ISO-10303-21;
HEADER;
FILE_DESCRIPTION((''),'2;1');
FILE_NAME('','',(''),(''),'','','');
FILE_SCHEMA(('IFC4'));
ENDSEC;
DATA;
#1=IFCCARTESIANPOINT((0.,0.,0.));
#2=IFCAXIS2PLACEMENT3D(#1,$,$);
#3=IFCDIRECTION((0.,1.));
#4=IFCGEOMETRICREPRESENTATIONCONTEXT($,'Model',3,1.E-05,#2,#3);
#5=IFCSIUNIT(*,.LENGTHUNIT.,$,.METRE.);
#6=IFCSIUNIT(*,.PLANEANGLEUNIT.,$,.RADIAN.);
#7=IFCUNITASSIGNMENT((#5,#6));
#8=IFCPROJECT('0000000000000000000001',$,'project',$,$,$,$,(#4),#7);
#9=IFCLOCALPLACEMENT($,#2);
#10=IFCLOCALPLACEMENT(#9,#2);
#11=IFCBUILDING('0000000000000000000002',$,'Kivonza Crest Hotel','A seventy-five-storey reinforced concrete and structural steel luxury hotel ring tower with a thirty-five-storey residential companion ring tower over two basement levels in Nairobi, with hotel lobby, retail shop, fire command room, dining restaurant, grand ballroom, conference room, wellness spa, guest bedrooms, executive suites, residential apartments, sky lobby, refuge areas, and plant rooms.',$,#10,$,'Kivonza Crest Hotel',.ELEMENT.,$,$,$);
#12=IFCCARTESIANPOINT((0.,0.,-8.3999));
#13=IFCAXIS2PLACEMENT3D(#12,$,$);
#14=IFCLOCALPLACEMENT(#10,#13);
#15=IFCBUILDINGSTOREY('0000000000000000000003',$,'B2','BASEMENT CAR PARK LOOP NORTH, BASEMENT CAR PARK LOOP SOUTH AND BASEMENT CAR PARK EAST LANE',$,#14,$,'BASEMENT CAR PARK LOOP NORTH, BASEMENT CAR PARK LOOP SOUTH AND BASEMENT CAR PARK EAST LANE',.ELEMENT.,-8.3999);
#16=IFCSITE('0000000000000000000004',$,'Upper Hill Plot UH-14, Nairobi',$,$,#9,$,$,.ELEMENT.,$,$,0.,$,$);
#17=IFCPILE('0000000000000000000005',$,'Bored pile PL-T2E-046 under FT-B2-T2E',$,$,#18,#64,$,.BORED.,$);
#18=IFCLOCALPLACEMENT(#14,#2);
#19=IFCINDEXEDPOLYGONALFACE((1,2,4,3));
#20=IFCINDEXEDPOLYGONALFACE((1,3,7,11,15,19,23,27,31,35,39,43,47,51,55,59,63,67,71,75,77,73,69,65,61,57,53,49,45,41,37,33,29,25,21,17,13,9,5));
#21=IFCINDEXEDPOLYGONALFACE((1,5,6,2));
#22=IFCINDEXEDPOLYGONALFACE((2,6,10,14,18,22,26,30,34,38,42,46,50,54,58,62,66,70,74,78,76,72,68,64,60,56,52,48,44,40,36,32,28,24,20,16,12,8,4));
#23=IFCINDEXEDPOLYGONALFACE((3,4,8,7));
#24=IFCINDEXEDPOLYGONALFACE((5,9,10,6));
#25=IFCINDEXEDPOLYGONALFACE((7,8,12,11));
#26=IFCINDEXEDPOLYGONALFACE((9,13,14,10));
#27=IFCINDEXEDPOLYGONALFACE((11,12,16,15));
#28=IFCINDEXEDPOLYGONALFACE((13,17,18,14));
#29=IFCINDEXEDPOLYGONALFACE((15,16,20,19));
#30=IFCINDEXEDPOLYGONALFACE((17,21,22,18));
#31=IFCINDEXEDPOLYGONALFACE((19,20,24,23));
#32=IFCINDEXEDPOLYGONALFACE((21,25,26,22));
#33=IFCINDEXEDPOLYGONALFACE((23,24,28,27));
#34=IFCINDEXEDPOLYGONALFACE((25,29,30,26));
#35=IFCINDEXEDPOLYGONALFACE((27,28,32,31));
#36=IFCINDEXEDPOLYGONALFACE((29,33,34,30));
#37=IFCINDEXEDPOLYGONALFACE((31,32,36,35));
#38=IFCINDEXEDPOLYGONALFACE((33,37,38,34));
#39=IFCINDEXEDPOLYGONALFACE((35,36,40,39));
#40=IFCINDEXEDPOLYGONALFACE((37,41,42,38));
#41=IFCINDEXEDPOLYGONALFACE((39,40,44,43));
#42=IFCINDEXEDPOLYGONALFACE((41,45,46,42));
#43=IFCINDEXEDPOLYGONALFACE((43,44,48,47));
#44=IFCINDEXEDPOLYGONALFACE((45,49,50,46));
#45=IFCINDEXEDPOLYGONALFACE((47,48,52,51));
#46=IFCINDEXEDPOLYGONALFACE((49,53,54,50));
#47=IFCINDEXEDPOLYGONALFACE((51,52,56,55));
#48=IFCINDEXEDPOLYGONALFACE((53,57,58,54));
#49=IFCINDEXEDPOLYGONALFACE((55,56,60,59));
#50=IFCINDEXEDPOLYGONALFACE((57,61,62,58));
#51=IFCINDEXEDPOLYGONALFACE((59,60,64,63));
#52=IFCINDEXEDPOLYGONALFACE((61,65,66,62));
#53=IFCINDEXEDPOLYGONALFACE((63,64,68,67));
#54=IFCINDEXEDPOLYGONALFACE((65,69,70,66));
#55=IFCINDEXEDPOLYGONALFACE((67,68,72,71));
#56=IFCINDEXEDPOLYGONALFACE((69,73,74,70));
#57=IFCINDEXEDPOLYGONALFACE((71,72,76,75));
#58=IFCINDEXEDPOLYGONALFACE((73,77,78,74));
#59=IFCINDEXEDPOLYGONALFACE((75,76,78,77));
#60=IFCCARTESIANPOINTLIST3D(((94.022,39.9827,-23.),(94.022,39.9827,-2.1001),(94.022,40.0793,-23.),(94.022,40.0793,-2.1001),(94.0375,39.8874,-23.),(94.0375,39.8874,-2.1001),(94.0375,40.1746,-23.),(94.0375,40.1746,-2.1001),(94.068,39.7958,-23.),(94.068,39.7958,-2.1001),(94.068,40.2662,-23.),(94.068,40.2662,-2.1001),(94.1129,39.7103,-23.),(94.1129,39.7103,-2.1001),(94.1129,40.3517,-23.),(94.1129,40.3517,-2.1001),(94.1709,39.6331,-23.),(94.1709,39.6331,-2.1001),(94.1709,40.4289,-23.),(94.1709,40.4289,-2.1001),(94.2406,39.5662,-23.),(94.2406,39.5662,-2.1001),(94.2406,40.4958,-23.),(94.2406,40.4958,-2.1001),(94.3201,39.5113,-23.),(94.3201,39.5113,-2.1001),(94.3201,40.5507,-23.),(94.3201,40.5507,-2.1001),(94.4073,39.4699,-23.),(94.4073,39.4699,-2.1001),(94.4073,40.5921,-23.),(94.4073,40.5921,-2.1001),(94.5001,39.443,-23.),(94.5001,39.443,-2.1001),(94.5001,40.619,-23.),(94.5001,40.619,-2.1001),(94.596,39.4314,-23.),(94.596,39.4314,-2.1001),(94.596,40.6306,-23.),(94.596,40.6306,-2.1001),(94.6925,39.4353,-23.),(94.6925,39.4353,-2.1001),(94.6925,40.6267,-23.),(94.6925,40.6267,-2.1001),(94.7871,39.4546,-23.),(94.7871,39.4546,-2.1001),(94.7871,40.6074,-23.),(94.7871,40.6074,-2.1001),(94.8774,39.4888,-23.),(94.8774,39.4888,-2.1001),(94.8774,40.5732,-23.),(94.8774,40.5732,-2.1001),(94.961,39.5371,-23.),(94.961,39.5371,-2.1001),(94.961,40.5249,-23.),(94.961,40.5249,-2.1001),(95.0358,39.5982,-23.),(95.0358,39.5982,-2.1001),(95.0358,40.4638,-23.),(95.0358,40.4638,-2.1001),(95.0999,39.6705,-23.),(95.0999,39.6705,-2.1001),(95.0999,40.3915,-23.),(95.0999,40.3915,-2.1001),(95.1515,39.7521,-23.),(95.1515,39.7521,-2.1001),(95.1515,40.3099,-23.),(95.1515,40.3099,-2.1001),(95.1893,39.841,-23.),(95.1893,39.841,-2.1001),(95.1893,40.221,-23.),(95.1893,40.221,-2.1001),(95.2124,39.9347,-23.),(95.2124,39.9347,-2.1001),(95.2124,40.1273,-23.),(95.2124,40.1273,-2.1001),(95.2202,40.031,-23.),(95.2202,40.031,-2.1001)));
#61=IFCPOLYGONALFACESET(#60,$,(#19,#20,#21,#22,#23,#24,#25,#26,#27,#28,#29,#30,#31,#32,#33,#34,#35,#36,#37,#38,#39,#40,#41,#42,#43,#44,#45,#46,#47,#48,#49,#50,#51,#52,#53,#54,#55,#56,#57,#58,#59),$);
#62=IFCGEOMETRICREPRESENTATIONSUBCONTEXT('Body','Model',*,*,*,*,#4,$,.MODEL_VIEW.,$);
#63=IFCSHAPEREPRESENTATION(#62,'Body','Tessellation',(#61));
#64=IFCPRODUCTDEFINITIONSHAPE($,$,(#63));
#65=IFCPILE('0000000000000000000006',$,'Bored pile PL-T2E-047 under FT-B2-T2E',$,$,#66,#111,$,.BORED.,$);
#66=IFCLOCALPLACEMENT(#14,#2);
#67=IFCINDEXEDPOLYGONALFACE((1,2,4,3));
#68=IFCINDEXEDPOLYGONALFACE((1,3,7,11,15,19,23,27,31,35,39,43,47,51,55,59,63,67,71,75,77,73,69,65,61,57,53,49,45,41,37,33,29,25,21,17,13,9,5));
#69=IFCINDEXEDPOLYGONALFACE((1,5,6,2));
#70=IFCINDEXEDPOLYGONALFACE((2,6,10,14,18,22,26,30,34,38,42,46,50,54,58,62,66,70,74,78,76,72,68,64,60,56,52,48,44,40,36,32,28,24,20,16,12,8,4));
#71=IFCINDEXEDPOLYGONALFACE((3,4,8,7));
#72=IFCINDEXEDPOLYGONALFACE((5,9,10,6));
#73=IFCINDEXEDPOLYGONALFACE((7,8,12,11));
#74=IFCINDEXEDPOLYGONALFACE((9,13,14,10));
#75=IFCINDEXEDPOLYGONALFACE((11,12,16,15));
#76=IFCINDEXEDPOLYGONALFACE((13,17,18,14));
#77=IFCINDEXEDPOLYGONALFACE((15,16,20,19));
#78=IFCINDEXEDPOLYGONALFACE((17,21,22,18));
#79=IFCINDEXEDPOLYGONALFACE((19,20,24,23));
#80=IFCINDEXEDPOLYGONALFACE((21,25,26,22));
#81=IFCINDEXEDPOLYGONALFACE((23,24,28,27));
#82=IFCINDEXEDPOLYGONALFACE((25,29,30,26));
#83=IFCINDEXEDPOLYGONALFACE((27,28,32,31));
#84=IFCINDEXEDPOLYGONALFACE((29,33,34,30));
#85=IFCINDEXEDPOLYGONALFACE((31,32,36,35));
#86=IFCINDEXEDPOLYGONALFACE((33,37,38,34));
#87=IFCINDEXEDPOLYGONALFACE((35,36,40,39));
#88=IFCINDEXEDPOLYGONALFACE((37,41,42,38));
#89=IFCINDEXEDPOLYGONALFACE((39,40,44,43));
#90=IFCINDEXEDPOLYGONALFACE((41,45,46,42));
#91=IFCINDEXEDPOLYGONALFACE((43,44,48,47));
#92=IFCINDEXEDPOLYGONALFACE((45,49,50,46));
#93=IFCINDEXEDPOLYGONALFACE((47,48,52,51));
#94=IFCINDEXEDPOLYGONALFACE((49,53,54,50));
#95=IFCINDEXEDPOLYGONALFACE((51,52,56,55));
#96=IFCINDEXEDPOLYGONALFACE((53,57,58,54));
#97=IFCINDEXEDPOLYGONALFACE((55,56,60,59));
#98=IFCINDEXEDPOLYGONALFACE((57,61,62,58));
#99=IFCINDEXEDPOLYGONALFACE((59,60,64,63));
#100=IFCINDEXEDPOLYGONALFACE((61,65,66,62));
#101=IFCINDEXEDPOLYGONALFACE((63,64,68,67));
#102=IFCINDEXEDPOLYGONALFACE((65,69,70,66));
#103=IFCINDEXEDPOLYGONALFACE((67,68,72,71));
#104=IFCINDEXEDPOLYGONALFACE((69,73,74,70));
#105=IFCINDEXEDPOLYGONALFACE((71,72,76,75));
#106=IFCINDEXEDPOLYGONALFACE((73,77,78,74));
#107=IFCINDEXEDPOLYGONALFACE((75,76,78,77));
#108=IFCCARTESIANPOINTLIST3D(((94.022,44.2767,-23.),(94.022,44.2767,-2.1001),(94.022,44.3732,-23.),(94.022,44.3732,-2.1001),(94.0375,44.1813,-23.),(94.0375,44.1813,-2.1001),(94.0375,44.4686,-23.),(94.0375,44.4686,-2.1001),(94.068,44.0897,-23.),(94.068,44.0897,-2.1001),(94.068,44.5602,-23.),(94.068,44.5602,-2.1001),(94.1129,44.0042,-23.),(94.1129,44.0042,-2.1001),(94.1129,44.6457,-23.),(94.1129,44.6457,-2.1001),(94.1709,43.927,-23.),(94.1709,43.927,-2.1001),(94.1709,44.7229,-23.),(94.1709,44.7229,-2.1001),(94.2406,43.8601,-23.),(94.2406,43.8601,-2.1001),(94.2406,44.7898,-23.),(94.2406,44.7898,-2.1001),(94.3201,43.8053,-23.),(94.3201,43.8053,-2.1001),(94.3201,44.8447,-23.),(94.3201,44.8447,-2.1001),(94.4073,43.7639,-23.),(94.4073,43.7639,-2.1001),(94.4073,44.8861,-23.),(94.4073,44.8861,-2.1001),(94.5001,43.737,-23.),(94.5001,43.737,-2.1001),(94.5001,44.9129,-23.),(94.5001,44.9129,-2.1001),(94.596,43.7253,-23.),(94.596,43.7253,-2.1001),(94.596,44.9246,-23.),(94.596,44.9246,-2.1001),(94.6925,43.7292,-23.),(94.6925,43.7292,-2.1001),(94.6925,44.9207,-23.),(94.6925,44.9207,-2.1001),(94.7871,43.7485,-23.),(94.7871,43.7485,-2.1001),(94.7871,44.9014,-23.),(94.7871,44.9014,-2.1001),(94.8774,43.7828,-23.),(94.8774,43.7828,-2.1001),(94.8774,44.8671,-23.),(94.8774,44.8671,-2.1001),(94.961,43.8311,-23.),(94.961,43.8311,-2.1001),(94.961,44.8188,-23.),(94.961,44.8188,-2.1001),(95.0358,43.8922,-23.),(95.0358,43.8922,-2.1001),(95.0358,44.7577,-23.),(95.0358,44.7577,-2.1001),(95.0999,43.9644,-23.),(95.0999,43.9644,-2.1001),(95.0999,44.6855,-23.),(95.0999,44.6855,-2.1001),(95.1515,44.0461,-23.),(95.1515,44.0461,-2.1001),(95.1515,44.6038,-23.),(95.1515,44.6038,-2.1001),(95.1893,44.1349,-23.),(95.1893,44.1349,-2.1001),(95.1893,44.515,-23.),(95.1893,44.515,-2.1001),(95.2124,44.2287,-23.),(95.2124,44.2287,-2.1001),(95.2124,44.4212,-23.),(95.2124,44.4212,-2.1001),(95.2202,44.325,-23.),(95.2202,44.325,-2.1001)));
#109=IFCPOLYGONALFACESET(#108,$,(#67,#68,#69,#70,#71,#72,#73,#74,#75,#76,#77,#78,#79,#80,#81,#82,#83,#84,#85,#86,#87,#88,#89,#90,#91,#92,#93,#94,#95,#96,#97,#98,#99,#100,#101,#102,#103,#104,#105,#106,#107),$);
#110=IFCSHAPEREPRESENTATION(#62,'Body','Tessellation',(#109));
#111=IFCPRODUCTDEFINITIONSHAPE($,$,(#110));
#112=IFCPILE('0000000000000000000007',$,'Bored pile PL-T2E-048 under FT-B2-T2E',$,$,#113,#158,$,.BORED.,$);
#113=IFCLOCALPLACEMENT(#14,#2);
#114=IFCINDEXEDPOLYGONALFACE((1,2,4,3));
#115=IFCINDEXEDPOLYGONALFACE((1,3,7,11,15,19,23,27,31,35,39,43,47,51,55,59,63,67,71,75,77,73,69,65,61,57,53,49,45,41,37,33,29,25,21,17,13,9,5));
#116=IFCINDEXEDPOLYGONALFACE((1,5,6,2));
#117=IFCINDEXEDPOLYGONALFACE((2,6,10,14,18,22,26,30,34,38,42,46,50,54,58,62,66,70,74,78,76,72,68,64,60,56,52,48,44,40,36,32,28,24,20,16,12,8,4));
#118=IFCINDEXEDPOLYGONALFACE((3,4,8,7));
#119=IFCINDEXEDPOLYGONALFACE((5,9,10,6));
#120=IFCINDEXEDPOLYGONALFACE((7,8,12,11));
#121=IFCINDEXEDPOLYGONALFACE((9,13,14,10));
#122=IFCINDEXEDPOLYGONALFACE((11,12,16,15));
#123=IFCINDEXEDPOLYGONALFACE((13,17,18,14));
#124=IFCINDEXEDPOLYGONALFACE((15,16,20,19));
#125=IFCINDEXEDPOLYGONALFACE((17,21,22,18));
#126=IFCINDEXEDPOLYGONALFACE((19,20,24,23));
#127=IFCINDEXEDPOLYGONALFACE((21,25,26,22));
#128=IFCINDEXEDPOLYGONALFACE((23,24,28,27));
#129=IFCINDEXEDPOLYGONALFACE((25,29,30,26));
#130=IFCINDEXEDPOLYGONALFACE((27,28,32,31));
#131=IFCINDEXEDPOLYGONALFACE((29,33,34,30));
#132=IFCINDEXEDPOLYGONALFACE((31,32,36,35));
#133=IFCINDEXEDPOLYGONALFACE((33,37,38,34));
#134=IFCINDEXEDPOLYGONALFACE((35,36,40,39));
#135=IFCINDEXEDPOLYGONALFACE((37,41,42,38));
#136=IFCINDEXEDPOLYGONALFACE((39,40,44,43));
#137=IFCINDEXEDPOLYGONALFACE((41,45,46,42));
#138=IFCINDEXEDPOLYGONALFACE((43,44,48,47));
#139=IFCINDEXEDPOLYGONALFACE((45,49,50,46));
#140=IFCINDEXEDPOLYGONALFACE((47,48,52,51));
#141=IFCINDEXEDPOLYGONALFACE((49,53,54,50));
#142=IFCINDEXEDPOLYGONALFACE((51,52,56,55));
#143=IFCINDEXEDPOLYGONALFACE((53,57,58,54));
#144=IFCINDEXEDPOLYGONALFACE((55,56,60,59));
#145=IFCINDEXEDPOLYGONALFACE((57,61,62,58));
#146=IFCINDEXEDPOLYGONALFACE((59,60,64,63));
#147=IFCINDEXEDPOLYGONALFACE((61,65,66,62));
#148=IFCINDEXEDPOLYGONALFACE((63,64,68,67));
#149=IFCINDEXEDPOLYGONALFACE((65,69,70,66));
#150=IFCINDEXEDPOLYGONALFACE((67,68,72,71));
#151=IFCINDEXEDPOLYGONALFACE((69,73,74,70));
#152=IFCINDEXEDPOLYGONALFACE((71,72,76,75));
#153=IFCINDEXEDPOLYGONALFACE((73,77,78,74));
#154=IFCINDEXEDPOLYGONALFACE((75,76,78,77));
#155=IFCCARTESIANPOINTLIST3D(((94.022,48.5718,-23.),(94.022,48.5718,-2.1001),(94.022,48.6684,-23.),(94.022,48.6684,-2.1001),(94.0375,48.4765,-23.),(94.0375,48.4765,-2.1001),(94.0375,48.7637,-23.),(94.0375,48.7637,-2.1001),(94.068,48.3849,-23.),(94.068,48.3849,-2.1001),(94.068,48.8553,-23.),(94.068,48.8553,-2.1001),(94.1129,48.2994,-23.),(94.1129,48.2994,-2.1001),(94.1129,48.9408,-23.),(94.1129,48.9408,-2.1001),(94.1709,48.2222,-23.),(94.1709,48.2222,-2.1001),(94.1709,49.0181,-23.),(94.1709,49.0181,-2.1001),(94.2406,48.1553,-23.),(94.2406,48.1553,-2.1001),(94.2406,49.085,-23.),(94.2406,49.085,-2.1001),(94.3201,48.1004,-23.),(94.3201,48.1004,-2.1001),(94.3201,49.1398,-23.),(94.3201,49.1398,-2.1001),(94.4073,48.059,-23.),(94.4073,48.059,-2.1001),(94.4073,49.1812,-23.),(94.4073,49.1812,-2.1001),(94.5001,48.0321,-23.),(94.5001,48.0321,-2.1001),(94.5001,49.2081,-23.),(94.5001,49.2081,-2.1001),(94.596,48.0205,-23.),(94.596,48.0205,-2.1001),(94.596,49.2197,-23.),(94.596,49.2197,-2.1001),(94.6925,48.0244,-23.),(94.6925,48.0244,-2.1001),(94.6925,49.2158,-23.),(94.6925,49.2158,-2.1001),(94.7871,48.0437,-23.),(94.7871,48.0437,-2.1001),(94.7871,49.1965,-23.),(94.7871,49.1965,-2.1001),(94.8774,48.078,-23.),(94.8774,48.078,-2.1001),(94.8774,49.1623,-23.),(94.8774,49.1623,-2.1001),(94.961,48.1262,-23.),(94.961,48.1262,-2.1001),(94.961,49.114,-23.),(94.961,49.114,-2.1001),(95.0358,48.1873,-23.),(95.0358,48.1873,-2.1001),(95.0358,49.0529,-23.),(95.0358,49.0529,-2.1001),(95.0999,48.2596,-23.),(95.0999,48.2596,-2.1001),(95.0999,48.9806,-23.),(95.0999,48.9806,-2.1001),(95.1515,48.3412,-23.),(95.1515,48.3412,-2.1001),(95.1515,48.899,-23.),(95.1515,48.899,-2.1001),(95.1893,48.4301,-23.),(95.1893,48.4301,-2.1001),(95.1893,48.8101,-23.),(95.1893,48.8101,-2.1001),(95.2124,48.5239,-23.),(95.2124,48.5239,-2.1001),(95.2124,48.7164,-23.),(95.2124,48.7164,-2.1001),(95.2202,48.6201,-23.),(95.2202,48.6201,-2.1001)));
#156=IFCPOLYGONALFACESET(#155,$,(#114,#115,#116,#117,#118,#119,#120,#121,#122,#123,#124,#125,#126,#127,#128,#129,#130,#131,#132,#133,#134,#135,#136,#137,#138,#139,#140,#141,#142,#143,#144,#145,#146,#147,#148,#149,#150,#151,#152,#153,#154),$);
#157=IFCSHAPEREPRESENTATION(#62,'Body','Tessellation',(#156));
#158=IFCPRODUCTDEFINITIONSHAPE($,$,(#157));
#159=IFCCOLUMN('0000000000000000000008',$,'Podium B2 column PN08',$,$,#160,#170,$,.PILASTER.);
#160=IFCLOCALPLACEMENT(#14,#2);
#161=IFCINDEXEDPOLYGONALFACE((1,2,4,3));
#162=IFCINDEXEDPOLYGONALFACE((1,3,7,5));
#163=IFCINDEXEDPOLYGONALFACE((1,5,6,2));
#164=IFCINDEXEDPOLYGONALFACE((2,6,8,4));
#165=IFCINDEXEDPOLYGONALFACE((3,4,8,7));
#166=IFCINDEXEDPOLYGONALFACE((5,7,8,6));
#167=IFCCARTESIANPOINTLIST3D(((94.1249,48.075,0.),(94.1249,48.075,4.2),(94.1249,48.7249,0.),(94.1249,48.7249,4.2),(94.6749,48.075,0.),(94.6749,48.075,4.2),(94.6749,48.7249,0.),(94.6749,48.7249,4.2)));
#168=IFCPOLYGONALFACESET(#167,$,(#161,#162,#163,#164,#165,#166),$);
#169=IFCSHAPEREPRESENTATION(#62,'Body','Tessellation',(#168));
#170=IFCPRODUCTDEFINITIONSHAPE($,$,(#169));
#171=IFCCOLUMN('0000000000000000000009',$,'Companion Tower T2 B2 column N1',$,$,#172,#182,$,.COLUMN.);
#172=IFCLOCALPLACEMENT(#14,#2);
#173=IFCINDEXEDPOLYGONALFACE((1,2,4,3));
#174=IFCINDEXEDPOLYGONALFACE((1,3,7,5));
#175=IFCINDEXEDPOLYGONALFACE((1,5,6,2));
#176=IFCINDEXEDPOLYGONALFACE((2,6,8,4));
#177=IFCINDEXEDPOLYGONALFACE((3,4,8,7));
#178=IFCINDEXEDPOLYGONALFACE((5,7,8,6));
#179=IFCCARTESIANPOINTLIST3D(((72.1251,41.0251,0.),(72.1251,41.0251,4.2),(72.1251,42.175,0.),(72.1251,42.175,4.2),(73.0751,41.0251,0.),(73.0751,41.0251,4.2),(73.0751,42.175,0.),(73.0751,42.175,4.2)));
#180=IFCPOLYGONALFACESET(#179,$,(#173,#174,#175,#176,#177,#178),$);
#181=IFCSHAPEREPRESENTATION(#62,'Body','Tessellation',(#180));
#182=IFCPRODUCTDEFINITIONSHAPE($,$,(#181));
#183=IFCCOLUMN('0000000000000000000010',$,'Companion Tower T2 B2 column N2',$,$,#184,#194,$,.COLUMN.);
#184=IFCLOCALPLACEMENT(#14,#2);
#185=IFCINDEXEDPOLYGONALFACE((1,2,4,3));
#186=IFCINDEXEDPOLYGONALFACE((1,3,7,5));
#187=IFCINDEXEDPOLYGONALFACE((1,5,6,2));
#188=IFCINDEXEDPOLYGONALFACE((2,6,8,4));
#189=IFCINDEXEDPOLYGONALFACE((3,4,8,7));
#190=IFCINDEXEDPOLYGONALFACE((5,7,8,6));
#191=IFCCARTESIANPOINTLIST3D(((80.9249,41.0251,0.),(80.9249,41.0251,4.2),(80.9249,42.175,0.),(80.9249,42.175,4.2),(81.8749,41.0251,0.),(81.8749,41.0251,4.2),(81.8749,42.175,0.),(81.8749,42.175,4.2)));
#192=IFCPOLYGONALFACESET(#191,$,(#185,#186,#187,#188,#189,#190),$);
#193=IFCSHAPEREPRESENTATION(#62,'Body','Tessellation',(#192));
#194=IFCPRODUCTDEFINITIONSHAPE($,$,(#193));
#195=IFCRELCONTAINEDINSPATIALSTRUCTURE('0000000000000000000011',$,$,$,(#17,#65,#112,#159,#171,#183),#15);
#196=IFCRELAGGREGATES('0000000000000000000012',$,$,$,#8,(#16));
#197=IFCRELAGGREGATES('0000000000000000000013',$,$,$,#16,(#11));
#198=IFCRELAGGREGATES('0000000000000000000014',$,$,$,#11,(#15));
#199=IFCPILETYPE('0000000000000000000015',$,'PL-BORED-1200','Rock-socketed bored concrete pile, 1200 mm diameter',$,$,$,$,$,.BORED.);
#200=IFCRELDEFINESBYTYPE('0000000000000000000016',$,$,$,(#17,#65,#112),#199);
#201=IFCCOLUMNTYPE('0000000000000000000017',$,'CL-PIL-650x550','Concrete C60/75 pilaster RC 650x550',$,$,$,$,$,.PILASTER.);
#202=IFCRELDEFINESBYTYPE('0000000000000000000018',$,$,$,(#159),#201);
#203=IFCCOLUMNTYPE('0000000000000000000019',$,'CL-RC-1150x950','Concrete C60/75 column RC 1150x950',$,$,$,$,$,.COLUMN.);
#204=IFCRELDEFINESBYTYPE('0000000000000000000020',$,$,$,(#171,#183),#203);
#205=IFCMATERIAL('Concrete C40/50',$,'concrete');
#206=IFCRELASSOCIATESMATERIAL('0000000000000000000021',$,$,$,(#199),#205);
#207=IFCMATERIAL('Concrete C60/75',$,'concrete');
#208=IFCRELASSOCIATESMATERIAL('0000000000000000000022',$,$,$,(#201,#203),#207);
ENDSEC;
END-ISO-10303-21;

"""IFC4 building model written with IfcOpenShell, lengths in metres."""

from ifc_helpers import new_model, si_unit, direction, frame, origin, origin_2d, place, context, subcontext, project, spatial, rectangle, circle, extrude, material, material_profile, profile_set, type_object, element, save


model = new_model("IFC4")

# Units and contexts
model_context = context("Model", 3, precision=1e-05, world=origin(), true_north=direction((0.0, 1.0)))
body_context = subcontext(model_context, "Body", "Model", "MODEL_VIEW")
ifc_project = project(units=[si_unit("LENGTHUNIT", "METRE"), si_unit("PLANEANGLEUNIT", "RADIAN")], contexts=[model_context])

# Site, building, storey
site_placement = place(None, origin())
site = spatial("IfcSite", under=ifc_project, at=site_placement, Name="Upper Hill Plot UH-14, Nairobi", CompositionType="ELEMENT", RefElevation=0.0)
building_placement = place(site_placement, origin())
building = spatial("IfcBuilding", under=site, at=building_placement, Name="Kivonza Crest Hotel", Description="A seventy-five-storey reinforced concrete and structural steel luxury hotel ring tower with a thirty-five-storey residential companion ring tower over two basement levels in Nairobi, with hotel lobby, retail shop, fire command room, dining restaurant, grand ballroom, conference room, wellness spa, guest bedrooms, executive suites, residential apartments, sky lobby, refuge areas, and plant rooms.", LongName="Kivonza Crest Hotel", CompositionType="ELEMENT")
storey_placement = place(building_placement, frame((0.0, 0.0, -8.3999)))
storey = spatial("IfcBuildingStorey", under=building, at=storey_placement, Name="B2", Description="BASEMENT CAR PARK LOOP NORTH, BASEMENT CAR PARK LOOP SOUTH AND BASEMENT CAR PARK EAST LANE", LongName="BASEMENT CAR PARK LOOP NORTH, BASEMENT CAR PARK LOOP SOUTH AND BASEMENT CAR PARK EAST LANE", CompositionType="ELEMENT", Elevation=-8.3999)

# Piles
ifc_material_1 = material(Name="Concrete C40/50", Category="concrete")
ifc_material_profile_1 = material_profile(ifc_material_1, circle(Radius=0.6001, at=origin_2d()), Name="PILE D1200")
ifc_profile_set_1 = profile_set([ifc_material_profile_1], Name="Concrete C40/50")
pile_type = type_object("IfcPileType", Name="PL-BORED-1200", Description="Rock-socketed bored concrete pile, 1200 mm diameter", PredefinedType="BORED", material=ifc_profile_set_1)
for number, where, z_axis, x_axis, name in (
    (1, (94.6201, 40.031, -2.1001), (0.0, 0.0, -1.0), (1.0, 0.0, 0.0), "Bored pile PL-T2E-046 under FT-B2-T2E"),
    (2, (94.6201, 44.325, -2.1001), (0.0, 0.0, -1.0), (1.0, 0.0, 0.0), "Bored pile PL-T2E-047 under FT-B2-T2E"),
    (3, (94.6201, 48.6201, -2.1001), (0.0, 0.0, -1.0), (1.0, 0.0, 0.0), "Bored pile PL-T2E-048 under FT-B2-T2E"),
):
    element("IfcPile", number, at=place(storey_placement, frame(where, z_axis=z_axis, x_axis=x_axis)), inside=storey, type_object=pile_type, Name=name, PredefinedType="BORED", context=body_context, shape_type="SweptSolid", body=[
        extrude(circle(Radius=0.6001, at=origin_2d()), origin(), (0.0, 0.0, 1.0), 20.8999),
    ])

# Columns
ifc_material_2 = material(Name="Concrete C60/75", Category="concrete")
ifc_material_profile_2 = material_profile(ifc_material_2, rectangle(XDim=0.55, YDim=0.6499, at=origin_2d()), Name="RC 650x550")
ifc_profile_set_2 = profile_set([ifc_material_profile_2], Name="Concrete C60/75")
column_type_1 = type_object("IfcColumnType", Name="CL-PIL-650x550", Description="Concrete C60/75 pilaster RC 650x550", PredefinedType="PILASTER", material=ifc_profile_set_2)
column_placement = place(storey_placement, frame((94.3999, 48.3999, 0.0), z_axis=(0.0, 0.0, 1.0), x_axis=(1.0, 0.0, 0.0)))
element("IfcColumn", 4, at=column_placement, inside=storey, type_object=column_type_1, Name="Podium B2 column PN08", PredefinedType="PILASTER", context=body_context, shape_type="SweptSolid", body=[
    extrude(rectangle(XDim=0.55, YDim=0.6499, at=origin_2d()), origin(), (0.0, 0.0, 1.0), 4.2),
])
ifc_material_profile_3 = material_profile(ifc_material_2, rectangle(XDim=0.95, YDim=1.1499, at=origin_2d()), Name="RC 1150x950")
ifc_profile_set_3 = profile_set([ifc_material_profile_3], Name="Concrete C60/75")
column_type_2 = type_object("IfcColumnType", Name="CL-RC-1150x950", Description="Concrete C60/75 column RC 1150x950", PredefinedType="COLUMN", material=ifc_profile_set_3)
for number, where, z_axis, x_axis, name in (
    (5, (72.6001, 41.6001, 0.0), (0.0, 0.0, 1.0), (1.0, 0.0, 0.0), "Companion Tower T2 B2 column N1"),
    (6, (81.3999, 41.6001, 0.0), (0.0, 0.0, 1.0), (1.0, 0.0, 0.0), "Companion Tower T2 B2 column N2"),
):
    element("IfcColumn", number, at=place(storey_placement, frame(where, z_axis=z_axis, x_axis=x_axis)), inside=storey, type_object=column_type_2, Name=name, PredefinedType="COLUMN", context=body_context, shape_type="SweptSolid", body=[
        extrude(rectangle(XDim=0.95, YDim=1.1499, at=origin_2d()), origin(), (0.0, 0.0, 1.0), 4.2),
    ])

save(model, "model.ifc")
